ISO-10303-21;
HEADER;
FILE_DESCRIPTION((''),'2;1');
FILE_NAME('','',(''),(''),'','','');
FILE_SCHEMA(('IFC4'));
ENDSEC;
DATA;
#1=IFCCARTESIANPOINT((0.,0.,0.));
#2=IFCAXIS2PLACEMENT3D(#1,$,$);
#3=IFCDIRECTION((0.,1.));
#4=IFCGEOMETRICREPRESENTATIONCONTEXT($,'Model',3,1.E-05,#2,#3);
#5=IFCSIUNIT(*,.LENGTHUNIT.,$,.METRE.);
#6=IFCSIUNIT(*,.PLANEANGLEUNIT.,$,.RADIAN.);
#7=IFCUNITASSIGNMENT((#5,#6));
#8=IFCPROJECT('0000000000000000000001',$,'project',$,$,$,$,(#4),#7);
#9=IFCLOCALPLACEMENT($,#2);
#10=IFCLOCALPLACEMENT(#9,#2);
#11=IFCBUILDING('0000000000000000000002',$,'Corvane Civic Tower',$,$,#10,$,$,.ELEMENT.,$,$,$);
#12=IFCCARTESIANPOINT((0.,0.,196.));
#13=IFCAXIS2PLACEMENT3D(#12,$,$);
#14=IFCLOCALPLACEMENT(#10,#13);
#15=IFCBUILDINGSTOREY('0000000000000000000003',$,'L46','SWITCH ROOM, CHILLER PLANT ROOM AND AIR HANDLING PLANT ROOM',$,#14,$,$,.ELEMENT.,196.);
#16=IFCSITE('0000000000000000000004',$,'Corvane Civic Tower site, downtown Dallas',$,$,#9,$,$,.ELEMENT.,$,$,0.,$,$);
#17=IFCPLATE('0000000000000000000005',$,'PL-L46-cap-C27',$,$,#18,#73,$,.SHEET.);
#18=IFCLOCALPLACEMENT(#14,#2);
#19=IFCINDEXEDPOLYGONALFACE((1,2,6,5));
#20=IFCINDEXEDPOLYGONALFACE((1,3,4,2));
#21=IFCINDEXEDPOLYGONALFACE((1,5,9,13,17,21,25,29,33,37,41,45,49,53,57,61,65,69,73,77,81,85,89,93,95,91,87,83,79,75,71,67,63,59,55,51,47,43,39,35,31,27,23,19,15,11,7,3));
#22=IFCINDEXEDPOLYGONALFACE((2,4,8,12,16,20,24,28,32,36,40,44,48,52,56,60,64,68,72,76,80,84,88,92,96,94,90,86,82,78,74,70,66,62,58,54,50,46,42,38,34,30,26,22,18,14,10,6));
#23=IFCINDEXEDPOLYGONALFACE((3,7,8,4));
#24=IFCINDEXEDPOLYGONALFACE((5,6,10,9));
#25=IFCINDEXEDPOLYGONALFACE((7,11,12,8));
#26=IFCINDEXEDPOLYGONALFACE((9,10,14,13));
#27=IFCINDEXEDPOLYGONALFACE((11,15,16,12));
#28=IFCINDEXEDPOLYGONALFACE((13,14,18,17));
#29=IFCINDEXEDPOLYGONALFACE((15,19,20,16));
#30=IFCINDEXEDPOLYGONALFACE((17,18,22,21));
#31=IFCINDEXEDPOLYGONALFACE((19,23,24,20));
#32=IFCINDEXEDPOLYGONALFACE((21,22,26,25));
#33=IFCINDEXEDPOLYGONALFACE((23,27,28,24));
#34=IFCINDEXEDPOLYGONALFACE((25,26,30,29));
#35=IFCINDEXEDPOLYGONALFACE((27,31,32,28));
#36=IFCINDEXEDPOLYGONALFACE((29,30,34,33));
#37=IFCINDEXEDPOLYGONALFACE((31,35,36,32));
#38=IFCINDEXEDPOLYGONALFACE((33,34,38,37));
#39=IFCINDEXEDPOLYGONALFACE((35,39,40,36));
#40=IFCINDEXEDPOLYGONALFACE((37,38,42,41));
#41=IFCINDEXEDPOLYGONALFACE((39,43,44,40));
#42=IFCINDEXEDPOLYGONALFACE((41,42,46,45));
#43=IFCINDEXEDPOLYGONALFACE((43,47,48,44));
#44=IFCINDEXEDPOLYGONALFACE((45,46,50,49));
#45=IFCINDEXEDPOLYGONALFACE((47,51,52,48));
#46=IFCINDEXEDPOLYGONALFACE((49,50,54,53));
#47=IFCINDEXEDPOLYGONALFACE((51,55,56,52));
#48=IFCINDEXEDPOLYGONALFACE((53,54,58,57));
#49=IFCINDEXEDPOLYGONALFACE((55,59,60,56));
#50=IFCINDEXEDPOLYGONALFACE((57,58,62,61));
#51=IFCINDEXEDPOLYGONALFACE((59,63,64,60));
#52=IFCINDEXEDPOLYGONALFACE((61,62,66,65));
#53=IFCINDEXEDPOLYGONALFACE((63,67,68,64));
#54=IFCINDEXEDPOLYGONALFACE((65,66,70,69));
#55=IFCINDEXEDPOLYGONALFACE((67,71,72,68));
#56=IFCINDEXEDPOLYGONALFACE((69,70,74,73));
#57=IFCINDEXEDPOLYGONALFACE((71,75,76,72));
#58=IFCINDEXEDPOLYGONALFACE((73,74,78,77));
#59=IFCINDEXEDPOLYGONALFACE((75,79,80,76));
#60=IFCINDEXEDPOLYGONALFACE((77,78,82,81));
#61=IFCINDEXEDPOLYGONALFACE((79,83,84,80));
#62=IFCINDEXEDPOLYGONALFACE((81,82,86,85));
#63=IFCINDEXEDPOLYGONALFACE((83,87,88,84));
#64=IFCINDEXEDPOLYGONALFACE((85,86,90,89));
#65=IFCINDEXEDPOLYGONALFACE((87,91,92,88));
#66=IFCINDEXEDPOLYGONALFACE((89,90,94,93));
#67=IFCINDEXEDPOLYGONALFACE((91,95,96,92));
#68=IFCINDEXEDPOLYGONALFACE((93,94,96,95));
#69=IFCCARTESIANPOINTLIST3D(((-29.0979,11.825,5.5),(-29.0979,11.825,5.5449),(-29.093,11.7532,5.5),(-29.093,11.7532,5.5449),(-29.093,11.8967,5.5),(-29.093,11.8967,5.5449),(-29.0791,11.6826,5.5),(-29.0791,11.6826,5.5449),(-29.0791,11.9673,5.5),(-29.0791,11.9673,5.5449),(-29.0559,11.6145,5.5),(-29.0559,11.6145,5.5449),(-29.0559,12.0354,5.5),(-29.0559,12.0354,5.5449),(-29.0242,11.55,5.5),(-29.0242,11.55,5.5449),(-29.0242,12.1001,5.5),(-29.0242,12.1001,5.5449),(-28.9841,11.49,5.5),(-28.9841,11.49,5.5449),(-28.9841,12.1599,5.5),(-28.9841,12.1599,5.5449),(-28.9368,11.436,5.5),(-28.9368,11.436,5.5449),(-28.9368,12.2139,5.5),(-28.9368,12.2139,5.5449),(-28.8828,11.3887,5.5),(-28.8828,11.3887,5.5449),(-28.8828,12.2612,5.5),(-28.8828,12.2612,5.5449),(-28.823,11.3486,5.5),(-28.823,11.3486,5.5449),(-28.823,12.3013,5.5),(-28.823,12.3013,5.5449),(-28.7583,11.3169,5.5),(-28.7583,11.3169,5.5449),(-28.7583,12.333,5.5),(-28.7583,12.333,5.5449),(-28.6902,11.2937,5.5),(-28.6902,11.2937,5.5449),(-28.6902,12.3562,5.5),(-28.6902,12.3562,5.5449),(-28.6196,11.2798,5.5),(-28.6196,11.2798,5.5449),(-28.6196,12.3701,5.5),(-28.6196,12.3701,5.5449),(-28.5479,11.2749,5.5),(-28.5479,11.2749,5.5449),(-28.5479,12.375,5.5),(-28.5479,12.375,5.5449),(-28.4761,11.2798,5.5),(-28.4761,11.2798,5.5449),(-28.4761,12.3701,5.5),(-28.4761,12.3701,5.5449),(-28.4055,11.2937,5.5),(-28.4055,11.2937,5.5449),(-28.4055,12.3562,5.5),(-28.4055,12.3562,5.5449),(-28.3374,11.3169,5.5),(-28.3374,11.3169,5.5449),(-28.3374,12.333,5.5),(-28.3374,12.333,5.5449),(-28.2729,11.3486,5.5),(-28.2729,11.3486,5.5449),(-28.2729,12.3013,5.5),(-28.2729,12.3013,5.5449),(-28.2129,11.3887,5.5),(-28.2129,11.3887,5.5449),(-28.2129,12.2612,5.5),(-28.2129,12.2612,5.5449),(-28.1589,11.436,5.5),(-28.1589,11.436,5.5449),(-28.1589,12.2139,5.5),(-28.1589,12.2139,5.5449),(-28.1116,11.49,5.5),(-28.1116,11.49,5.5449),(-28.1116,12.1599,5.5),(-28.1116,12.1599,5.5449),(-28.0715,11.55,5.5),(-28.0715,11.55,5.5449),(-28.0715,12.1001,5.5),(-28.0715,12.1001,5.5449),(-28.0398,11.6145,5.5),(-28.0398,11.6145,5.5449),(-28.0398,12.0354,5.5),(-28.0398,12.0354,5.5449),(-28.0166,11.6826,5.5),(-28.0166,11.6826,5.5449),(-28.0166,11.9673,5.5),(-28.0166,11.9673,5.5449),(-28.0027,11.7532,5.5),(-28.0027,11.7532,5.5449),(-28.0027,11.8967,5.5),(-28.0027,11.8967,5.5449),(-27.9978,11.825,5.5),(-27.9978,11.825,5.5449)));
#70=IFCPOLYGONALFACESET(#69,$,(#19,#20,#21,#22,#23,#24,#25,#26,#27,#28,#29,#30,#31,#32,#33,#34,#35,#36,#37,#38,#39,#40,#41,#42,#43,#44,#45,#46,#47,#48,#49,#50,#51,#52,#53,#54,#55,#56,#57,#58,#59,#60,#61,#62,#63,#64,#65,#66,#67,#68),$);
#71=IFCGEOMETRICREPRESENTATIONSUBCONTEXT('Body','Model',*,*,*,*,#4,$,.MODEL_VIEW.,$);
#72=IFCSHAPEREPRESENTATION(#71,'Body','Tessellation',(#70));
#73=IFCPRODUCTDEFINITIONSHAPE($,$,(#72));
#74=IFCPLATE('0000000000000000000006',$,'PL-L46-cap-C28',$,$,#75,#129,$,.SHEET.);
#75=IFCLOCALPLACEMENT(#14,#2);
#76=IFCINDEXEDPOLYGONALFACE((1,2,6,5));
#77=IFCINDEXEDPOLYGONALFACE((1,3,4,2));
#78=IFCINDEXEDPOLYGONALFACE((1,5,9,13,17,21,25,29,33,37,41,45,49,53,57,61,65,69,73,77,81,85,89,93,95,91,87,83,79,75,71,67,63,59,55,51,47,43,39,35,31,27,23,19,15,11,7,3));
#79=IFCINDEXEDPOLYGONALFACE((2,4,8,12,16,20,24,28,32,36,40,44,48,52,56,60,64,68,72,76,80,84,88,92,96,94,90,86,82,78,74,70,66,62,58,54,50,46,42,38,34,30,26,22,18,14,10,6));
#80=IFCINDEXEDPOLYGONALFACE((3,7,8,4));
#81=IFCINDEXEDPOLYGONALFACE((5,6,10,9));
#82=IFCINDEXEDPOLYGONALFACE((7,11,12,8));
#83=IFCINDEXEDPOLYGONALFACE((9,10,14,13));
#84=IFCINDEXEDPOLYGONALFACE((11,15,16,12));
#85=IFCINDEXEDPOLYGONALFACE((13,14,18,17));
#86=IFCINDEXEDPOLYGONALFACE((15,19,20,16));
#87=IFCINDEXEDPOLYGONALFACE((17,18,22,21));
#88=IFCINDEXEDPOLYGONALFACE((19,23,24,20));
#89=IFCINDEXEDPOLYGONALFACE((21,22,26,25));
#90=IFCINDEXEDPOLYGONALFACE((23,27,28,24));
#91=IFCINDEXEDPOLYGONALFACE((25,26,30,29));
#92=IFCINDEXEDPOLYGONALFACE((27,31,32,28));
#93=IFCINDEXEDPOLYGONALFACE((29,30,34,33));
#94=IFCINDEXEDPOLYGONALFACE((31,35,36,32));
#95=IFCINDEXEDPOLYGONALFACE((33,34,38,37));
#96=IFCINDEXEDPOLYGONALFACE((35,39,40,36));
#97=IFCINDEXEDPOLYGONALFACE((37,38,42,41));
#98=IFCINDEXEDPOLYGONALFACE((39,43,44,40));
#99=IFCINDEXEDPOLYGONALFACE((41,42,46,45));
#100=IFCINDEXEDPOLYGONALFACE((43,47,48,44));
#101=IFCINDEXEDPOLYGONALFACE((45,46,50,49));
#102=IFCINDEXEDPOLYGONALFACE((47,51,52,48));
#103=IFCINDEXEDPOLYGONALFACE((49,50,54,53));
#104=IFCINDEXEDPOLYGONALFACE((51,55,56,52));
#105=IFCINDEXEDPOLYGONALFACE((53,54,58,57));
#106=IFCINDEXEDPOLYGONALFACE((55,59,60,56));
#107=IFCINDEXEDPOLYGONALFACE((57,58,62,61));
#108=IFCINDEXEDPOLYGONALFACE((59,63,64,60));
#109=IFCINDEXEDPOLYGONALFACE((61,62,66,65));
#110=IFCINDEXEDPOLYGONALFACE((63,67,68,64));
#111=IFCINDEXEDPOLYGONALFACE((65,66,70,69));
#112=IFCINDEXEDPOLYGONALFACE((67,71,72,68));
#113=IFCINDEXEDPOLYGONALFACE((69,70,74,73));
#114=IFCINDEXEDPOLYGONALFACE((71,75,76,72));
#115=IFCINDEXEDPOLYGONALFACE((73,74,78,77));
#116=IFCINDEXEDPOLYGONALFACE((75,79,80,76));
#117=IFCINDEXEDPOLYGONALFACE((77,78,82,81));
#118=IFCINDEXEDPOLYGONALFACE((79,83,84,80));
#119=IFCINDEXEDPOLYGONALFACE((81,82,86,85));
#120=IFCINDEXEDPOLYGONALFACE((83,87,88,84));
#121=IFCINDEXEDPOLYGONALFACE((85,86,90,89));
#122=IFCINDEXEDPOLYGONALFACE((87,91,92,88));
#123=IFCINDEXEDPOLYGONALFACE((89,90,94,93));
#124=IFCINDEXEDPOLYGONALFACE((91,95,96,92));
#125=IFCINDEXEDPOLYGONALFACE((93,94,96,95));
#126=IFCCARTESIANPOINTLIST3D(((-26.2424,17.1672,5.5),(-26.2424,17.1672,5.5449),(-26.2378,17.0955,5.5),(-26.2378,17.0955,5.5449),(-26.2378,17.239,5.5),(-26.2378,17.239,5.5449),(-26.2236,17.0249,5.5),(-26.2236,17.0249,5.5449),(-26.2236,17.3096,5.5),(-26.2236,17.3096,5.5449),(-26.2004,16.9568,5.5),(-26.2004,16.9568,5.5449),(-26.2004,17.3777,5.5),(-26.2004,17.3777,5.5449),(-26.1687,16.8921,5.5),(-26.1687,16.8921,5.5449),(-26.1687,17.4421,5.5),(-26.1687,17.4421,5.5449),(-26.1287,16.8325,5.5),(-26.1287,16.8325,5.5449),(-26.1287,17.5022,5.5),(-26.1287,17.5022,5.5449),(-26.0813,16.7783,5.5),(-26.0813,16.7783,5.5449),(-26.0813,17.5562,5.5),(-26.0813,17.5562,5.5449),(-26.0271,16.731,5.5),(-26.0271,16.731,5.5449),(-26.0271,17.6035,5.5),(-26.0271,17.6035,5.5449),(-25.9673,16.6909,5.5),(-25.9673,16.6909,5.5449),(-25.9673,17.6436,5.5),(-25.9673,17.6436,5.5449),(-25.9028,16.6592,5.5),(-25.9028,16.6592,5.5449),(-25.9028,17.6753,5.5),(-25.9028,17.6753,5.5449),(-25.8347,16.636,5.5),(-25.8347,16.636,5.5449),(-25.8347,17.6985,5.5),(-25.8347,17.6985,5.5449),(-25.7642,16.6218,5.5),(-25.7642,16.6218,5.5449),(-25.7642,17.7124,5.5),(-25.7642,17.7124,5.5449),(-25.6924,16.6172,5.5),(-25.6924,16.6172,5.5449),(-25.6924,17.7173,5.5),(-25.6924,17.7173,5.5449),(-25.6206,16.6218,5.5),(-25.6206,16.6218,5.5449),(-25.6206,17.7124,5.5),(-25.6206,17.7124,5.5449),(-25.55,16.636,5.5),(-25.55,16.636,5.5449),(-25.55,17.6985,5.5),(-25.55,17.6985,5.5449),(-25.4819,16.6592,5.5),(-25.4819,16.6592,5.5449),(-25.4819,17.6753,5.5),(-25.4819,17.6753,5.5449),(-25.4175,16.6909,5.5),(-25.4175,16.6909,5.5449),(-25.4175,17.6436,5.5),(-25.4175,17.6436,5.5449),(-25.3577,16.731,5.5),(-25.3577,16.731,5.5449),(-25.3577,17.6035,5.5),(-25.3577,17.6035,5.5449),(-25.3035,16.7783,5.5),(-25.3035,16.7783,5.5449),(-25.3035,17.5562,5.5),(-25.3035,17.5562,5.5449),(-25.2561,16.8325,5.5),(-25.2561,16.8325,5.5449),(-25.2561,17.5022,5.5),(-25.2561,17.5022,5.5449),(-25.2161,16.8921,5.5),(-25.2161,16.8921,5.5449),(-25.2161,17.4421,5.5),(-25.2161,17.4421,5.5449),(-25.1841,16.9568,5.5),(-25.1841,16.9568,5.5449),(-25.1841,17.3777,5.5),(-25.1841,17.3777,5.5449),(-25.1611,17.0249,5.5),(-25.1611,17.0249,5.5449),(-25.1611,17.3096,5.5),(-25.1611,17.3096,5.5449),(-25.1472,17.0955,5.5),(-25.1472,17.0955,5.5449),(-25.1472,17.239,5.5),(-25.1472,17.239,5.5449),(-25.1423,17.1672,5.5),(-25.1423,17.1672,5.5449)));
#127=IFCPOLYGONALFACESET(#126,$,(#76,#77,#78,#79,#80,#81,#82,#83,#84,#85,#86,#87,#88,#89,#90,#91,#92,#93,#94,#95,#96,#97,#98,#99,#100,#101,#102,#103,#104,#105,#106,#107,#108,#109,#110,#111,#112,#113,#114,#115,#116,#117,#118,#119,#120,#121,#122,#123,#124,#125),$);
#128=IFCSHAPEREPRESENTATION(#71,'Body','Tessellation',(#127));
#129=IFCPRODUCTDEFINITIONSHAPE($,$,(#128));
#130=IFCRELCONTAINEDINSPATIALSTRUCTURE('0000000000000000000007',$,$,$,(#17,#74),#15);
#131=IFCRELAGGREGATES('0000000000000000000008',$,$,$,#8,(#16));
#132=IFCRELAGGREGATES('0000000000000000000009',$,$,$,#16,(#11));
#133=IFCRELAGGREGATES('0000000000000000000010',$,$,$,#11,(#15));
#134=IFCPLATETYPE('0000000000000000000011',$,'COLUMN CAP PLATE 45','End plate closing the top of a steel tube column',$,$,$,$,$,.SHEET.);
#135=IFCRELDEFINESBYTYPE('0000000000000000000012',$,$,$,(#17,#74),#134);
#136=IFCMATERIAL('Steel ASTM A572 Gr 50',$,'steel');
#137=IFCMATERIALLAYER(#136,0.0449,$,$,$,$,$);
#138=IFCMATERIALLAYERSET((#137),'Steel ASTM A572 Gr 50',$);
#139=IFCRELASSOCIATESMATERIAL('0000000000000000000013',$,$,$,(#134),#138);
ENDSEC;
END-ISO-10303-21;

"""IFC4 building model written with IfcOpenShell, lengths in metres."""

from ifc_helpers import new_model, si_unit, direction, frame, origin, place, context, subcontext, project, spatial, polyline, outline, extrude, material, layer, layer_set, type_object, element, save


model = new_model("IFC4")

# Units and contexts
model_context = context("Model", 3, precision=1e-05, world=origin(), true_north=direction((0.0, 1.0)))
body_context = subcontext(model_context, "Body", "Model", "MODEL_VIEW")
ifc_project = project(units=[si_unit("LENGTHUNIT", "METRE"), si_unit("PLANEANGLEUNIT", "RADIAN")], contexts=[model_context])

# Site, building, storey
site_placement = place(None, origin())
site = spatial("IfcSite", under=ifc_project, at=site_placement, Name="Corvane Civic Tower site, downtown Dallas", CompositionType="ELEMENT", RefElevation=0.0)
building_placement = place(site_placement, origin())
building = spatial("IfcBuilding", under=site, at=building_placement, Name="Corvane Civic Tower", CompositionType="ELEMENT")
storey_placement = place(building_placement, frame((0.0, 0.0, 196.0)))
storey = spatial("IfcBuildingStorey", under=building, at=storey_placement, Name="L46", Description="SWITCH ROOM, CHILLER PLANT ROOM AND AIR HANDLING PLANT ROOM", CompositionType="ELEMENT", Elevation=196.0)

# Plates
ifc_material_1 = material(Name="Steel ASTM A572 Gr 50", Category="steel")
ifc_layer_1 = layer(ifc_material_1, 0.0449)
ifc_layer_set_1 = layer_set([ifc_layer_1], Name="Steel ASTM A572 Gr 50")
plate_type = type_object("IfcPlateType", Name="COLUMN CAP PLATE 45", Description="End plate closing the top of a steel tube column", PredefinedType="SHEET", material=ifc_layer_set_1)
plate_1_placement = place(storey_placement, frame((0.0, 0.0, 5.5)))
element("IfcPlate", 1, at=plate_1_placement, inside=storey, type_object=plate_type, Name="PL-L46-cap-C27", PredefinedType="SHEET", context=body_context, shape_type="SweptSolid", body=[
    extrude(outline(polyline([(-27.9978, 11.825), (-28.0027, 11.8967), (-28.0166, 11.9673), (-28.0398, 12.0354), (-28.0715, 12.1001), (-28.1116, 12.1599), (-28.1589, 12.2139), (-28.2129, 12.2612), (-28.2729, 12.3013), (-28.3374, 12.333), (-28.4055, 12.3562), (-28.4761, 12.3701), (-28.5479, 12.375), (-28.6196, 12.3701), (-28.6902, 12.3562), (-28.7583, 12.333), (-28.823, 12.3013), (-28.8828, 12.2612), (-28.9368, 12.2139), (-28.9841, 12.1599), (-29.0242, 12.1001), (-29.0559, 12.0354), (-29.0791, 11.9673), (-29.093, 11.8967), (-29.0979, 11.825), (-29.093, 11.7532), (-29.0791, 11.6826), (-29.0559, 11.6145), (-29.0242, 11.55), (-28.9841, 11.49), (-28.9368, 11.436), (-28.8828, 11.3887), (-28.823, 11.3486), (-28.7583, 11.3169), (-28.6902, 11.2937), (-28.6196, 11.2798), (-28.5479, 11.2749), (-28.4761, 11.2798), (-28.4055, 11.2937), (-28.3374, 11.3169), (-28.2729, 11.3486), (-28.2129, 11.3887), (-28.1589, 11.436), (-28.1116, 11.49), (-28.0715, 11.55), (-28.0398, 11.6145), (-28.0166, 11.6826), (-28.0027, 11.7532), (-27.9978, 11.825)])), origin(), (0.0, 0.0, 1.0), 0.0449),
])
plate_2_placement = place(storey_placement, frame((0.0, 0.0, 5.5)))
element("IfcPlate", 2, at=plate_2_placement, inside=storey, type_object=plate_type, Name="PL-L46-cap-C28", PredefinedType="SHEET", context=body_context, shape_type="SweptSolid", body=[
    extrude(outline(polyline([(-25.1423, 17.1672), (-25.1472, 17.239), (-25.1611, 17.3096), (-25.1841, 17.3777), (-25.2161, 17.4421), (-25.2561, 17.5022), (-25.3035, 17.5562), (-25.3577, 17.6035), (-25.4175, 17.6436), (-25.4819, 17.6753), (-25.55, 17.6985), (-25.6206, 17.7124), (-25.6924, 17.7173), (-25.7642, 17.7124), (-25.8347, 17.6985), (-25.9028, 17.6753), (-25.9673, 17.6436), (-26.0271, 17.6035), (-26.0813, 17.5562), (-26.1287, 17.5022), (-26.1687, 17.4421), (-26.2004, 17.3777), (-26.2236, 17.3096), (-26.2378, 17.239), (-26.2424, 17.1672), (-26.2378, 17.0955), (-26.2236, 17.0249), (-26.2004, 16.9568), (-26.1687, 16.8921), (-26.1287, 16.8325), (-26.0813, 16.7783), (-26.0271, 16.731), (-25.9673, 16.6909), (-25.9028, 16.6592), (-25.8347, 16.636), (-25.7642, 16.6218), (-25.6924, 16.6172), (-25.6206, 16.6218), (-25.55, 16.636), (-25.4819, 16.6592), (-25.4175, 16.6909), (-25.3577, 16.731), (-25.3035, 16.7783), (-25.2561, 16.8325), (-25.2161, 16.8921), (-25.1841, 16.9568), (-25.1611, 17.0249), (-25.1472, 17.0955), (-25.1423, 17.1672)])), origin(), (0.0, 0.0, 1.0), 0.0449),
])

save(model, "model.ifc")
